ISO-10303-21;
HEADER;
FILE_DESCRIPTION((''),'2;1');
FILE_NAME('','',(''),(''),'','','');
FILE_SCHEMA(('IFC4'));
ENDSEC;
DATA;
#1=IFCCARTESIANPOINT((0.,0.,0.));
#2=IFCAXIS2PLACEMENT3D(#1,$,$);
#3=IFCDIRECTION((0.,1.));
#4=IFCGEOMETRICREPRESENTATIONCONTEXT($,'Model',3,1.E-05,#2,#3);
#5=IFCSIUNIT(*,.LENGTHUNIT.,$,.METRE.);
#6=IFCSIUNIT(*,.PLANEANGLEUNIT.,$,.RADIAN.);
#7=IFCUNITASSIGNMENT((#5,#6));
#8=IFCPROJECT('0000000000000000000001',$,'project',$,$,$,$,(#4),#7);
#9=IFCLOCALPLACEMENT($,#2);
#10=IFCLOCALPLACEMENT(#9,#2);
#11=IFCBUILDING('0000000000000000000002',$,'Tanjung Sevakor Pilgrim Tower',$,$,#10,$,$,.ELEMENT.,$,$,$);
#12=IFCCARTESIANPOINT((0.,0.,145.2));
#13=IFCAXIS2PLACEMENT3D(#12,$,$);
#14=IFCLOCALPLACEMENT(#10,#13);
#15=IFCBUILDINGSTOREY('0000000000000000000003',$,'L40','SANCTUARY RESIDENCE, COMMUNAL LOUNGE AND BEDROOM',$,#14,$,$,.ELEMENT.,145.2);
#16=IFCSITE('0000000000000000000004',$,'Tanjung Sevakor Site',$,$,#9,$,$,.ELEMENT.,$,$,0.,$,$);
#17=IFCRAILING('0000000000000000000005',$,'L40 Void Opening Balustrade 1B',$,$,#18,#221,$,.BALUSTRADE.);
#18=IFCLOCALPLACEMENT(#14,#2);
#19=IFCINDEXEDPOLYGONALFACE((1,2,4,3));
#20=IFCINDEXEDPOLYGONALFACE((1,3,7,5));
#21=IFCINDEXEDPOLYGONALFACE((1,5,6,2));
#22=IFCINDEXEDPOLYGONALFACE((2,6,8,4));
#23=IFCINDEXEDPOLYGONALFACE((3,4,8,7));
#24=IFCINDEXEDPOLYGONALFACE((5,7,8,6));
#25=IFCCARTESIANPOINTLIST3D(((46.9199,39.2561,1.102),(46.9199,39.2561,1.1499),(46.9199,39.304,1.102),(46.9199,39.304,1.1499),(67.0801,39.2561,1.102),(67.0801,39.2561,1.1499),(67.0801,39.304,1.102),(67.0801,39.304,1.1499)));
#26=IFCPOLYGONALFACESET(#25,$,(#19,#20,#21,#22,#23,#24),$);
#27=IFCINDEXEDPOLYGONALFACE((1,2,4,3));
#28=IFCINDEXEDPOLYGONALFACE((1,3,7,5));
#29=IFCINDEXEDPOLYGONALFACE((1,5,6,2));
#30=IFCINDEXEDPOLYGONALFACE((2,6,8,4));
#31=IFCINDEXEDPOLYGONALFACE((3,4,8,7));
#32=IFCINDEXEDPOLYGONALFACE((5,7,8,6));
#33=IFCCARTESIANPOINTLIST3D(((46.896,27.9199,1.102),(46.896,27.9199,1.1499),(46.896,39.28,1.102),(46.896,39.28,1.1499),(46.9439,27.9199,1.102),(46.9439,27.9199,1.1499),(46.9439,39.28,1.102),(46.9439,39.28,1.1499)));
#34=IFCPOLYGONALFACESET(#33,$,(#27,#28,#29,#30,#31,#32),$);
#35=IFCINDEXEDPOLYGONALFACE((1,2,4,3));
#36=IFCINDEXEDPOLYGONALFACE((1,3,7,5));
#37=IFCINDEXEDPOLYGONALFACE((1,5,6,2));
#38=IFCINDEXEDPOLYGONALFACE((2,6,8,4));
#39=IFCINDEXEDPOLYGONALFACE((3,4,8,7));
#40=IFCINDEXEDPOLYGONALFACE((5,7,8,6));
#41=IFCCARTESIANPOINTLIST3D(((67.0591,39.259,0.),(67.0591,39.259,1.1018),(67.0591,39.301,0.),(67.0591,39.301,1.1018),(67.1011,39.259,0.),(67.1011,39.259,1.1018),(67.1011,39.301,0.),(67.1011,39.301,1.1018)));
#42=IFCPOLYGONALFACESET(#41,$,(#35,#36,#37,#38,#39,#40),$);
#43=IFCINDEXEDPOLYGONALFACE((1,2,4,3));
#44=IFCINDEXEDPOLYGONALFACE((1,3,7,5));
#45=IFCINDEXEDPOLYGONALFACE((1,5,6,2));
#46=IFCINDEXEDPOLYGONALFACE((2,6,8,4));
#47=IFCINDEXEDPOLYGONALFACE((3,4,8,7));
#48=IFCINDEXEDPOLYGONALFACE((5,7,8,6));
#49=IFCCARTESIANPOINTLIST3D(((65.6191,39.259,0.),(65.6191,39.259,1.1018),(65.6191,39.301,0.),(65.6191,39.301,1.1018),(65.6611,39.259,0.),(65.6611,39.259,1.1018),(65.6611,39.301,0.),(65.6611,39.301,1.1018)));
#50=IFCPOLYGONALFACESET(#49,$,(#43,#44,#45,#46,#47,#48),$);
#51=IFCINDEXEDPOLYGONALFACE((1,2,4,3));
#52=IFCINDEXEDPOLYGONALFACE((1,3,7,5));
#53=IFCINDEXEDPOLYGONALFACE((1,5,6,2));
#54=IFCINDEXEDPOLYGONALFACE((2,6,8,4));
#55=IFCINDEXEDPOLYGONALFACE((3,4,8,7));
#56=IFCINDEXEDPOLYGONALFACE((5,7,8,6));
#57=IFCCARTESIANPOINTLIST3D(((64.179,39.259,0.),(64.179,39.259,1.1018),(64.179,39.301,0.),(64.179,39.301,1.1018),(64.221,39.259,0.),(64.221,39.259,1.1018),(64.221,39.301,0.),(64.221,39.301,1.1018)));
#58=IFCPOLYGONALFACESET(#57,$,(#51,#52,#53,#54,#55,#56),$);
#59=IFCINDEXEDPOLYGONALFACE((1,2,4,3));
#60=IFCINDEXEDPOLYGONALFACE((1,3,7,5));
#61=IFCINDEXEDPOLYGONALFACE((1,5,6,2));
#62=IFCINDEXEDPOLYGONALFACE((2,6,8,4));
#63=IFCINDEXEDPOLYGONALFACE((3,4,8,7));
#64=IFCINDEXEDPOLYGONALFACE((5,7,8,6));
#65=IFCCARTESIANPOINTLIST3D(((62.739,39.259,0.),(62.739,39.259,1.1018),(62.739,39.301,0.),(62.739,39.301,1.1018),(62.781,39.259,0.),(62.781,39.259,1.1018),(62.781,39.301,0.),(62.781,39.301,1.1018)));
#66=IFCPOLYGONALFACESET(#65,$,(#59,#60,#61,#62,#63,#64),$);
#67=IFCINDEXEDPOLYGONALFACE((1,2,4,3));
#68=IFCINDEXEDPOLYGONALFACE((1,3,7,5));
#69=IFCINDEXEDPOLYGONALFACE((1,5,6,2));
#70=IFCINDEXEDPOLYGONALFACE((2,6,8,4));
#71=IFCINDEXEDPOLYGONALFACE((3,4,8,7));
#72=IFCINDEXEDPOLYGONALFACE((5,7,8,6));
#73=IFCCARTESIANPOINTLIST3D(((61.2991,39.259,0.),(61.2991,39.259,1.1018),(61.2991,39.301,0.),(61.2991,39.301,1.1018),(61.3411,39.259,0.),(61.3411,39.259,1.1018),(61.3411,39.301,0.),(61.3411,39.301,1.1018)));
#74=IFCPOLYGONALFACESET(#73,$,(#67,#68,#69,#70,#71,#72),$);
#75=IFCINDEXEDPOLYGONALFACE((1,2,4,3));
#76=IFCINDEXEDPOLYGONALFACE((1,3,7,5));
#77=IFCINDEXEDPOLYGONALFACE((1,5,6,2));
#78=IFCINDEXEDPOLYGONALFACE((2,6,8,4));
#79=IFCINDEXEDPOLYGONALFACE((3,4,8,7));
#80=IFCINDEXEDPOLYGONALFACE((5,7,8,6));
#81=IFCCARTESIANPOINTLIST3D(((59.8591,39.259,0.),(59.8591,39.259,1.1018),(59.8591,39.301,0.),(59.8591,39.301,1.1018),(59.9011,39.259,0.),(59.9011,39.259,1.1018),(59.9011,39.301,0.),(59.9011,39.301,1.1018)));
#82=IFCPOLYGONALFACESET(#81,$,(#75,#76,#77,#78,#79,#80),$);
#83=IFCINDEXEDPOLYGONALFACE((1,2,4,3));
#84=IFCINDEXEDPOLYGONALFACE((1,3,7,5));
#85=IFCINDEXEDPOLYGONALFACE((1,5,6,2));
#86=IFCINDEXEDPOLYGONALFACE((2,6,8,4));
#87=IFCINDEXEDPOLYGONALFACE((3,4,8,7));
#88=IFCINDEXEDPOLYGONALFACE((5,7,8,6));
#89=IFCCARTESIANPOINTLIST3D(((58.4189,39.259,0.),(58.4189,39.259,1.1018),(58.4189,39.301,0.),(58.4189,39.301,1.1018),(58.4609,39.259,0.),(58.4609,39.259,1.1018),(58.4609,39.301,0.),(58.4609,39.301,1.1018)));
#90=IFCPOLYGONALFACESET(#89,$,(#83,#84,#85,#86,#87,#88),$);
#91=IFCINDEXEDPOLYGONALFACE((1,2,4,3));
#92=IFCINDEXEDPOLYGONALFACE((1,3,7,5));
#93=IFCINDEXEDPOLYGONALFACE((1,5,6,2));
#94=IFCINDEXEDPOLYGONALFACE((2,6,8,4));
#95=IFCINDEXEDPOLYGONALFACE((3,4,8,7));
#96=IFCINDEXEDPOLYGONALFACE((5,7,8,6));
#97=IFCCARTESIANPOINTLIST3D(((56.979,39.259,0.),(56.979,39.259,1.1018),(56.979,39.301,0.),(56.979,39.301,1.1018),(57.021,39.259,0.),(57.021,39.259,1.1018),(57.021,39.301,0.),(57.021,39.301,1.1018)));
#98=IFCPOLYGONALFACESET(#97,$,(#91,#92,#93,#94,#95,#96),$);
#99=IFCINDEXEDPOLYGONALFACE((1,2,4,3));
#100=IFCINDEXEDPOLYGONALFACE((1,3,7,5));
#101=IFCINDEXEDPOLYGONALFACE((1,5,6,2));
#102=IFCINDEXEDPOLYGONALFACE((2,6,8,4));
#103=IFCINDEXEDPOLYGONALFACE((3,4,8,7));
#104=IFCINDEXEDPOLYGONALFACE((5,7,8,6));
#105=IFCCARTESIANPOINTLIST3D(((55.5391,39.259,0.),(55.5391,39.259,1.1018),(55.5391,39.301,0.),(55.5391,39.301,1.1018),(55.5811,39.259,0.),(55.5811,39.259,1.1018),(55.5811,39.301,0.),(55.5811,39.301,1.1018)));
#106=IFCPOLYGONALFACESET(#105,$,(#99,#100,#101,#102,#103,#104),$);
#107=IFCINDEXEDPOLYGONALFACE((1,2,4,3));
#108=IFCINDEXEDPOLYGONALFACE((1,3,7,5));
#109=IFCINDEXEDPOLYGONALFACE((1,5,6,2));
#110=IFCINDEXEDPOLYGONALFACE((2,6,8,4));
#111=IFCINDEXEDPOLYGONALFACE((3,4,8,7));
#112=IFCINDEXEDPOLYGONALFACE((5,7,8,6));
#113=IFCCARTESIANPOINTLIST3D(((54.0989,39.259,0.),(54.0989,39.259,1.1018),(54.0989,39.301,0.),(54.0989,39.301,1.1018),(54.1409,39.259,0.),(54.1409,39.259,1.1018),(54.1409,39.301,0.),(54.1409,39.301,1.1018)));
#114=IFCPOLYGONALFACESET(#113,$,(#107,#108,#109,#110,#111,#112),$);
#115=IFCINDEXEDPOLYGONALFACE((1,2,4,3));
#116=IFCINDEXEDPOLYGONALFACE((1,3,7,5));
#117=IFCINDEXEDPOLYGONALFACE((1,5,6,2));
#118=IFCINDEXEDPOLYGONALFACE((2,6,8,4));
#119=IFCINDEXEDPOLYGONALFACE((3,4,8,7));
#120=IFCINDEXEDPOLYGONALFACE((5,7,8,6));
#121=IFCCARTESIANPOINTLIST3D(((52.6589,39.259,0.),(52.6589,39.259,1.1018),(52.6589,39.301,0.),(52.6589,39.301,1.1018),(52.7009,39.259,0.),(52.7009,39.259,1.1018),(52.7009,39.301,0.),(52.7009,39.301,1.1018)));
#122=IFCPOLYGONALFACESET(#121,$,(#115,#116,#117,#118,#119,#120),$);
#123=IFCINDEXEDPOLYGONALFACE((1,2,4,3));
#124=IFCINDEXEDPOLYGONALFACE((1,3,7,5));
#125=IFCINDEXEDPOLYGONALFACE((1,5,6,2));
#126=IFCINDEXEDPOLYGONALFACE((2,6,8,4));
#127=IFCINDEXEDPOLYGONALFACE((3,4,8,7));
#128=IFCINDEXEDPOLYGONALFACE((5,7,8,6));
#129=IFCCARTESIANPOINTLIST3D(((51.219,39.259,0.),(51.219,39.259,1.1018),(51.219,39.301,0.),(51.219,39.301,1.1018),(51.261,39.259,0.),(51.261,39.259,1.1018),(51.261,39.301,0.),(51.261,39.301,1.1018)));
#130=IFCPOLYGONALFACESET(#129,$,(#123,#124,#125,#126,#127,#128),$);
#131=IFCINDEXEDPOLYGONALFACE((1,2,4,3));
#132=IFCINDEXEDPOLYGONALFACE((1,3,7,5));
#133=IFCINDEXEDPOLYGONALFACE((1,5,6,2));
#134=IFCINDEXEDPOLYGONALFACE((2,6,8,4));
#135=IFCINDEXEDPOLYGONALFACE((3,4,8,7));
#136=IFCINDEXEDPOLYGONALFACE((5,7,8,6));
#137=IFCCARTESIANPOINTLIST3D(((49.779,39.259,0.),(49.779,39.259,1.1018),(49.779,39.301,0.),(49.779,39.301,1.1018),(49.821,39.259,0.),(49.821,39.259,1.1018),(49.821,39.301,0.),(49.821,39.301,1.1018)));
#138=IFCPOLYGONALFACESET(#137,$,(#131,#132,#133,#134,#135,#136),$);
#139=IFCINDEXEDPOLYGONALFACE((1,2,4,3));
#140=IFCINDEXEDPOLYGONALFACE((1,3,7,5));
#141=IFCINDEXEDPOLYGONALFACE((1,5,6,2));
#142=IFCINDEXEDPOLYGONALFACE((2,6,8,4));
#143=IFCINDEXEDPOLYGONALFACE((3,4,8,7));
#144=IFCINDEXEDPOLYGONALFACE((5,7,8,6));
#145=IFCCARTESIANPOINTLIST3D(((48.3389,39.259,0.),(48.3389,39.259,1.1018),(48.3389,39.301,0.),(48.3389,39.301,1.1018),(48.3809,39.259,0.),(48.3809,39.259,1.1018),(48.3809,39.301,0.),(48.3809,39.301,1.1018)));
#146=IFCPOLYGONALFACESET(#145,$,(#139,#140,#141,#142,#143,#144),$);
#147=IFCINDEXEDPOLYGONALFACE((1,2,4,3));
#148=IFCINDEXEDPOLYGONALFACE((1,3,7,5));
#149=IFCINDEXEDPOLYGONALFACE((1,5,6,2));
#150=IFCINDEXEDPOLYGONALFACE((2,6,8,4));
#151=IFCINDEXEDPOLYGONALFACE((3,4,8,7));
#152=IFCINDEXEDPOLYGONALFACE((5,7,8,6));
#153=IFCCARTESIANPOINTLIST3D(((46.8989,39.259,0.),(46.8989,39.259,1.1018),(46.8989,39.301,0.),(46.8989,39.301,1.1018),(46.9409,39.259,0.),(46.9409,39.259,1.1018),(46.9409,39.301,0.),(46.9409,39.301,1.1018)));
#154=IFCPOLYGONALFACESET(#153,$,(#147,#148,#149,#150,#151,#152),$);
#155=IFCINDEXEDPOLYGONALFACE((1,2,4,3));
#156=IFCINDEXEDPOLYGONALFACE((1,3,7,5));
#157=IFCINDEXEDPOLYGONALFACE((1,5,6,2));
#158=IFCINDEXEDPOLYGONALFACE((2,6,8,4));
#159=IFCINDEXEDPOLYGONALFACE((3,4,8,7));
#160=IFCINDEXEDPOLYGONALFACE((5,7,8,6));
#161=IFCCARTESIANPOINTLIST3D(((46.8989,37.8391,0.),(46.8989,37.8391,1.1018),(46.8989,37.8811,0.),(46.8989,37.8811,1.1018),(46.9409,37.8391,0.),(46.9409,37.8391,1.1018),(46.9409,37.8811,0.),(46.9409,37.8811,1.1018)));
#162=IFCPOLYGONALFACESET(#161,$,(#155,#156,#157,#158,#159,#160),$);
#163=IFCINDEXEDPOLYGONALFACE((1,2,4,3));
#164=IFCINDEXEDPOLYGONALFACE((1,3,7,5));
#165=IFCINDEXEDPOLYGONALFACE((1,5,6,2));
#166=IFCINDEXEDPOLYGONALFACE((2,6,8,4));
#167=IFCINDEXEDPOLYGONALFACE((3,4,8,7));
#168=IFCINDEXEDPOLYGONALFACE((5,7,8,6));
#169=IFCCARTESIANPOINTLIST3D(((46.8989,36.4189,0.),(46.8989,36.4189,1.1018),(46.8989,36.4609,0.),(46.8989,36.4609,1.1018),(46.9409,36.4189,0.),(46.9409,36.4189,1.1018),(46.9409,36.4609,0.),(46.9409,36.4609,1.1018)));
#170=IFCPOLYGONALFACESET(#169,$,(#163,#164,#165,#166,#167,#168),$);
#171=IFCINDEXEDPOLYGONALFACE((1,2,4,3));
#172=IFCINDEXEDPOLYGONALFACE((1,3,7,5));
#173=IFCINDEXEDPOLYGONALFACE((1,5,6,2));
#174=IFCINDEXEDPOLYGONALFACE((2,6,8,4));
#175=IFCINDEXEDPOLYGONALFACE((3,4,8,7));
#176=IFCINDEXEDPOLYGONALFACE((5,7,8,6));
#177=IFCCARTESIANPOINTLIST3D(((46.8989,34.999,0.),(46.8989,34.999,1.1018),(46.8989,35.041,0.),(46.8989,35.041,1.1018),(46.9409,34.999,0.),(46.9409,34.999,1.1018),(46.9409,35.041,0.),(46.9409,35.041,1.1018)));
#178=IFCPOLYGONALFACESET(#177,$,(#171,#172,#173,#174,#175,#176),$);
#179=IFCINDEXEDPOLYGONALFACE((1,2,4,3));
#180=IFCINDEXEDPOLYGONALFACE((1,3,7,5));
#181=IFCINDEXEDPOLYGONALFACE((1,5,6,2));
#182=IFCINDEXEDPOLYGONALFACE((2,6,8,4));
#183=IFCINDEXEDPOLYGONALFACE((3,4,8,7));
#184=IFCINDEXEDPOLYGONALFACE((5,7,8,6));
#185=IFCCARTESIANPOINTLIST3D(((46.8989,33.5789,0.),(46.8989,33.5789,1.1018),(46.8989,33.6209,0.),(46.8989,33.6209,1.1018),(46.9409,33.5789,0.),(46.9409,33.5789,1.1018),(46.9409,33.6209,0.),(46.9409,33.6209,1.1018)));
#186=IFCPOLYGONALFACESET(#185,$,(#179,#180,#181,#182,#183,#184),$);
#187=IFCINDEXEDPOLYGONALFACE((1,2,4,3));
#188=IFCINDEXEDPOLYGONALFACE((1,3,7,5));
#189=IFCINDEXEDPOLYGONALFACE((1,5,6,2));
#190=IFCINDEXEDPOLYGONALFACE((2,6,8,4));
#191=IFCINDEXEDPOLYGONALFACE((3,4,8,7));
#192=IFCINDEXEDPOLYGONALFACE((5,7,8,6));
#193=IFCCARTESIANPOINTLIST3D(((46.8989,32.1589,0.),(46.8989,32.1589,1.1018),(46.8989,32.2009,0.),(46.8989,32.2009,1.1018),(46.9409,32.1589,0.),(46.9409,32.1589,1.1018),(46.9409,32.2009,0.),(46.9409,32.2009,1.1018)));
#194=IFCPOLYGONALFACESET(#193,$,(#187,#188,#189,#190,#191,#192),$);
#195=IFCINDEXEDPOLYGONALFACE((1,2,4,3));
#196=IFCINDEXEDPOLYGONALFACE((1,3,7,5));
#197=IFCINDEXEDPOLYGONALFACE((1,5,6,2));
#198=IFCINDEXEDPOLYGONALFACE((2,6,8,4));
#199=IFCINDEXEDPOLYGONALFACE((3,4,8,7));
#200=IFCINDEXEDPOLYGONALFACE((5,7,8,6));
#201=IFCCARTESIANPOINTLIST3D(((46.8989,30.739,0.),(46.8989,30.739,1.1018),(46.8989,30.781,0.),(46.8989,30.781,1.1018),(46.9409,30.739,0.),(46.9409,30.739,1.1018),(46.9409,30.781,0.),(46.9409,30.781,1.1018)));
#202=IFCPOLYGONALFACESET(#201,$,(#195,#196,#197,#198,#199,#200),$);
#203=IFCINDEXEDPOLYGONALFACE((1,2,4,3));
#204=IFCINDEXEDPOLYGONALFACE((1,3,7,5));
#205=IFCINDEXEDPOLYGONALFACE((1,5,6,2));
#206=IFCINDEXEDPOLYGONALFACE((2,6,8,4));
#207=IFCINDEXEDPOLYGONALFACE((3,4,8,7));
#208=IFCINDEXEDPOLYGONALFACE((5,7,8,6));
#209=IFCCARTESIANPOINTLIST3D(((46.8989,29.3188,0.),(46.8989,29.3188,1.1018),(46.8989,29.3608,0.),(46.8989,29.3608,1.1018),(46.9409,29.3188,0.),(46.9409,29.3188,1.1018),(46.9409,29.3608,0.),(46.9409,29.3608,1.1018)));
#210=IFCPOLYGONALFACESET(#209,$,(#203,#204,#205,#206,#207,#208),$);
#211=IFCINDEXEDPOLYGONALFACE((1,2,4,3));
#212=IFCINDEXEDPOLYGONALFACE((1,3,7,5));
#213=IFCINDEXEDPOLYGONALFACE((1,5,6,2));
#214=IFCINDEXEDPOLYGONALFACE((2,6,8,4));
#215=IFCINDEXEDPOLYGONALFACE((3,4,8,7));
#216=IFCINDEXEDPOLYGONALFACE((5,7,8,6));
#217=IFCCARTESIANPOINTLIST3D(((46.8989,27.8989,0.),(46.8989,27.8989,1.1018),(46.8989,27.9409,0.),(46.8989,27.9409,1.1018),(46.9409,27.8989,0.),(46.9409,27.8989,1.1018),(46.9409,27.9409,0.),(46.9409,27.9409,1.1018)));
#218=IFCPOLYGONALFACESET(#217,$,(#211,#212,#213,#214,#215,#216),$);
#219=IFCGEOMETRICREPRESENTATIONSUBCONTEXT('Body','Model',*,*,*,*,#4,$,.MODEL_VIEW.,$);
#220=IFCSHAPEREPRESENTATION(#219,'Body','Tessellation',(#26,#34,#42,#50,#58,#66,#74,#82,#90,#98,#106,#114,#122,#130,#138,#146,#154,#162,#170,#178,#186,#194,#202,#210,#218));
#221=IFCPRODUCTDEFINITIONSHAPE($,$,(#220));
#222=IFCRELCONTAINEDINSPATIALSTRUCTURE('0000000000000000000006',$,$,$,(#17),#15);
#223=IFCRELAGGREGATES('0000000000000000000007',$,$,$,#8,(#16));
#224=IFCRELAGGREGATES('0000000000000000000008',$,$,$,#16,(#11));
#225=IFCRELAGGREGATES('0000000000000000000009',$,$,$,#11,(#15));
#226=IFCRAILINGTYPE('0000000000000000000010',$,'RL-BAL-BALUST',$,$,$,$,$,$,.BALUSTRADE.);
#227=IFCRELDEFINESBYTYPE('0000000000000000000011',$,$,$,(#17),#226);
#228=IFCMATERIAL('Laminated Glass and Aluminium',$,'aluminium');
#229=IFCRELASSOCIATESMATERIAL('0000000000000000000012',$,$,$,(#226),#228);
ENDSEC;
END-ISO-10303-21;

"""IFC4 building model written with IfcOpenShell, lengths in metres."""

from ifc_helpers import new_model, si_unit, direction, frame, origin, place, context, subcontext, project, spatial, rectangle, extrude, material, type_object, element, save


model = new_model("IFC4")

# Units and contexts
model_context = context("Model", 3, precision=1e-05, world=origin(), true_north=direction((0.0, 1.0)))
body_context = subcontext(model_context, "Body", "Model", "MODEL_VIEW")
ifc_project = project(units=[si_unit("LENGTHUNIT", "METRE"), si_unit("PLANEANGLEUNIT", "RADIAN")], contexts=[model_context])

# Site, building, storey
site_placement = place(None, origin())
site = spatial("IfcSite", under=ifc_project, at=site_placement, Name="Tanjung Sevakor Site", CompositionType="ELEMENT", RefElevation=0.0)
building_placement = place(site_placement, origin())
building = spatial("IfcBuilding", under=site, at=building_placement, Name="Tanjung Sevakor Pilgrim Tower", CompositionType="ELEMENT")
storey_placement = place(building_placement, frame((0.0, 0.0, 145.2)))
storey = spatial("IfcBuildingStorey", under=building, at=storey_placement, Name="L40", Description="SANCTUARY RESIDENCE, COMMUNAL LOUNGE AND BEDROOM", CompositionType="ELEMENT", Elevation=145.2)

# Railing
ifc_material_1 = material(Name="Laminated Glass and Aluminium", Category="aluminium")
railing_type = type_object("IfcRailingType", Name="RL-BAL-BALUST", PredefinedType="BALUSTRADE", material=ifc_material_1)
railing_placement = place(storey_placement, frame((67.0801, 39.28, 0.0)))
element("IfcRailing", 1, at=railing_placement, inside=storey, type_object=railing_type, Name="L40 Void Opening Balustrade 1B", PredefinedType="BALUSTRADE", context=body_context, shape_type="SweptSolid", body=[
    extrude(rectangle(XDim=0.0479, YDim=0.0479), frame((0.0, 0.0, 1.126), z_axis=(-1.0, 0.0, 0.0), x_axis=(0.0, -1.0, 0.0)), (0.0, 0.0, 1.0), 20.1602),
    extrude(rectangle(XDim=0.0479, YDim=0.0479), frame((-20.1602, 0.0, 1.126), z_axis=(0.0, -1.0, 0.0), x_axis=(1.0, 0.0, 0.0)), (0.0, 0.0, 1.0), 11.3601),
    extrude(rectangle(XDim=0.042, YDim=0.042), origin(), (0.0, 0.0, 1.0), 1.1018),
    extrude(rectangle(XDim=0.042, YDim=0.042), frame((-1.4399, 0.0, 0.0)), (0.0, 0.0, 1.0), 1.1018),
    extrude(rectangle(XDim=0.042, YDim=0.042), frame((-2.8801, 0.0, 0.0)), (0.0, 0.0, 1.0), 1.1018),
    extrude(rectangle(XDim=0.042, YDim=0.042), frame((-4.3201, 0.0, 0.0)), (0.0, 0.0, 1.0), 1.1018),
    extrude(rectangle(XDim=0.042, YDim=0.042), frame((-5.76, 0.0, 0.0)), (0.0, 0.0, 1.0), 1.1018),
    extrude(rectangle(XDim=0.042, YDim=0.042), frame((-7.2, 0.0, 0.0)), (0.0, 0.0, 1.0), 1.1018),
    extrude(rectangle(XDim=0.042, YDim=0.042), frame((-8.6401, 0.0, 0.0)), (0.0, 0.0, 1.0), 1.1018),
    extrude(rectangle(XDim=0.042, YDim=0.042), frame((-10.0801, 0.0, 0.0)), (0.0, 0.0, 1.0), 1.1018),
    extrude(rectangle(XDim=0.042, YDim=0.042), frame((-11.52, 0.0, 0.0)), (0.0, 0.0, 1.0), 1.1018),
    extrude(rectangle(XDim=0.042, YDim=0.042), frame((-12.9602, 0.0, 0.0)), (0.0, 0.0, 1.0), 1.1018),
    extrude(rectangle(XDim=0.042, YDim=0.042), frame((-14.4001, 0.0, 0.0)), (0.0, 0.0, 1.0), 1.1018),
    extrude(rectangle(XDim=0.042, YDim=0.042), frame((-15.8401, 0.0, 0.0)), (0.0, 0.0, 1.0), 1.1018),
    extrude(rectangle(XDim=0.042, YDim=0.042), frame((-17.28, 0.0, 0.0)), (0.0, 0.0, 1.0), 1.1018),
    extrude(rectangle(XDim=0.042, YDim=0.042), frame((-18.7202, 0.0, 0.0)), (0.0, 0.0, 1.0), 1.1018),
    extrude(rectangle(XDim=0.042, YDim=0.042), frame((-20.1602, 0.0, 0.0)), (0.0, 0.0, 1.0), 1.1018),
    extrude(rectangle(XDim=0.042, YDim=0.042), frame((-20.1602, -1.4199, 0.0)), (0.0, 0.0, 1.0), 1.1018),
    extrude(rectangle(XDim=0.042, YDim=0.042), frame((-20.1602, -2.8401, 0.0)), (0.0, 0.0, 1.0), 1.1018),
    extrude(rectangle(XDim=0.042, YDim=0.042), frame((-20.1602, -4.26, 0.0)), (0.0, 0.0, 1.0), 1.1018),
    extrude(rectangle(XDim=0.042, YDim=0.042), frame((-20.1602, -5.6802, 0.0)), (0.0, 0.0, 1.0), 1.1018),
    extrude(rectangle(XDim=0.042, YDim=0.042), frame((-20.1602, -7.1001, 0.0)), (0.0, 0.0, 1.0), 1.1018),
    extrude(rectangle(XDim=0.042, YDim=0.042), frame((-20.1602, -8.52, 0.0)), (0.0, 0.0, 1.0), 1.1018),
    extrude(rectangle(XDim=0.042, YDim=0.042), frame((-20.1602, -9.9402, 0.0)), (0.0, 0.0, 1.0), 1.1018),
    extrude(rectangle(XDim=0.042, YDim=0.042), frame((-20.1602, -11.3601, 0.0)), (0.0, 0.0, 1.0), 1.1018),
])

save(model, "model.ifc")
